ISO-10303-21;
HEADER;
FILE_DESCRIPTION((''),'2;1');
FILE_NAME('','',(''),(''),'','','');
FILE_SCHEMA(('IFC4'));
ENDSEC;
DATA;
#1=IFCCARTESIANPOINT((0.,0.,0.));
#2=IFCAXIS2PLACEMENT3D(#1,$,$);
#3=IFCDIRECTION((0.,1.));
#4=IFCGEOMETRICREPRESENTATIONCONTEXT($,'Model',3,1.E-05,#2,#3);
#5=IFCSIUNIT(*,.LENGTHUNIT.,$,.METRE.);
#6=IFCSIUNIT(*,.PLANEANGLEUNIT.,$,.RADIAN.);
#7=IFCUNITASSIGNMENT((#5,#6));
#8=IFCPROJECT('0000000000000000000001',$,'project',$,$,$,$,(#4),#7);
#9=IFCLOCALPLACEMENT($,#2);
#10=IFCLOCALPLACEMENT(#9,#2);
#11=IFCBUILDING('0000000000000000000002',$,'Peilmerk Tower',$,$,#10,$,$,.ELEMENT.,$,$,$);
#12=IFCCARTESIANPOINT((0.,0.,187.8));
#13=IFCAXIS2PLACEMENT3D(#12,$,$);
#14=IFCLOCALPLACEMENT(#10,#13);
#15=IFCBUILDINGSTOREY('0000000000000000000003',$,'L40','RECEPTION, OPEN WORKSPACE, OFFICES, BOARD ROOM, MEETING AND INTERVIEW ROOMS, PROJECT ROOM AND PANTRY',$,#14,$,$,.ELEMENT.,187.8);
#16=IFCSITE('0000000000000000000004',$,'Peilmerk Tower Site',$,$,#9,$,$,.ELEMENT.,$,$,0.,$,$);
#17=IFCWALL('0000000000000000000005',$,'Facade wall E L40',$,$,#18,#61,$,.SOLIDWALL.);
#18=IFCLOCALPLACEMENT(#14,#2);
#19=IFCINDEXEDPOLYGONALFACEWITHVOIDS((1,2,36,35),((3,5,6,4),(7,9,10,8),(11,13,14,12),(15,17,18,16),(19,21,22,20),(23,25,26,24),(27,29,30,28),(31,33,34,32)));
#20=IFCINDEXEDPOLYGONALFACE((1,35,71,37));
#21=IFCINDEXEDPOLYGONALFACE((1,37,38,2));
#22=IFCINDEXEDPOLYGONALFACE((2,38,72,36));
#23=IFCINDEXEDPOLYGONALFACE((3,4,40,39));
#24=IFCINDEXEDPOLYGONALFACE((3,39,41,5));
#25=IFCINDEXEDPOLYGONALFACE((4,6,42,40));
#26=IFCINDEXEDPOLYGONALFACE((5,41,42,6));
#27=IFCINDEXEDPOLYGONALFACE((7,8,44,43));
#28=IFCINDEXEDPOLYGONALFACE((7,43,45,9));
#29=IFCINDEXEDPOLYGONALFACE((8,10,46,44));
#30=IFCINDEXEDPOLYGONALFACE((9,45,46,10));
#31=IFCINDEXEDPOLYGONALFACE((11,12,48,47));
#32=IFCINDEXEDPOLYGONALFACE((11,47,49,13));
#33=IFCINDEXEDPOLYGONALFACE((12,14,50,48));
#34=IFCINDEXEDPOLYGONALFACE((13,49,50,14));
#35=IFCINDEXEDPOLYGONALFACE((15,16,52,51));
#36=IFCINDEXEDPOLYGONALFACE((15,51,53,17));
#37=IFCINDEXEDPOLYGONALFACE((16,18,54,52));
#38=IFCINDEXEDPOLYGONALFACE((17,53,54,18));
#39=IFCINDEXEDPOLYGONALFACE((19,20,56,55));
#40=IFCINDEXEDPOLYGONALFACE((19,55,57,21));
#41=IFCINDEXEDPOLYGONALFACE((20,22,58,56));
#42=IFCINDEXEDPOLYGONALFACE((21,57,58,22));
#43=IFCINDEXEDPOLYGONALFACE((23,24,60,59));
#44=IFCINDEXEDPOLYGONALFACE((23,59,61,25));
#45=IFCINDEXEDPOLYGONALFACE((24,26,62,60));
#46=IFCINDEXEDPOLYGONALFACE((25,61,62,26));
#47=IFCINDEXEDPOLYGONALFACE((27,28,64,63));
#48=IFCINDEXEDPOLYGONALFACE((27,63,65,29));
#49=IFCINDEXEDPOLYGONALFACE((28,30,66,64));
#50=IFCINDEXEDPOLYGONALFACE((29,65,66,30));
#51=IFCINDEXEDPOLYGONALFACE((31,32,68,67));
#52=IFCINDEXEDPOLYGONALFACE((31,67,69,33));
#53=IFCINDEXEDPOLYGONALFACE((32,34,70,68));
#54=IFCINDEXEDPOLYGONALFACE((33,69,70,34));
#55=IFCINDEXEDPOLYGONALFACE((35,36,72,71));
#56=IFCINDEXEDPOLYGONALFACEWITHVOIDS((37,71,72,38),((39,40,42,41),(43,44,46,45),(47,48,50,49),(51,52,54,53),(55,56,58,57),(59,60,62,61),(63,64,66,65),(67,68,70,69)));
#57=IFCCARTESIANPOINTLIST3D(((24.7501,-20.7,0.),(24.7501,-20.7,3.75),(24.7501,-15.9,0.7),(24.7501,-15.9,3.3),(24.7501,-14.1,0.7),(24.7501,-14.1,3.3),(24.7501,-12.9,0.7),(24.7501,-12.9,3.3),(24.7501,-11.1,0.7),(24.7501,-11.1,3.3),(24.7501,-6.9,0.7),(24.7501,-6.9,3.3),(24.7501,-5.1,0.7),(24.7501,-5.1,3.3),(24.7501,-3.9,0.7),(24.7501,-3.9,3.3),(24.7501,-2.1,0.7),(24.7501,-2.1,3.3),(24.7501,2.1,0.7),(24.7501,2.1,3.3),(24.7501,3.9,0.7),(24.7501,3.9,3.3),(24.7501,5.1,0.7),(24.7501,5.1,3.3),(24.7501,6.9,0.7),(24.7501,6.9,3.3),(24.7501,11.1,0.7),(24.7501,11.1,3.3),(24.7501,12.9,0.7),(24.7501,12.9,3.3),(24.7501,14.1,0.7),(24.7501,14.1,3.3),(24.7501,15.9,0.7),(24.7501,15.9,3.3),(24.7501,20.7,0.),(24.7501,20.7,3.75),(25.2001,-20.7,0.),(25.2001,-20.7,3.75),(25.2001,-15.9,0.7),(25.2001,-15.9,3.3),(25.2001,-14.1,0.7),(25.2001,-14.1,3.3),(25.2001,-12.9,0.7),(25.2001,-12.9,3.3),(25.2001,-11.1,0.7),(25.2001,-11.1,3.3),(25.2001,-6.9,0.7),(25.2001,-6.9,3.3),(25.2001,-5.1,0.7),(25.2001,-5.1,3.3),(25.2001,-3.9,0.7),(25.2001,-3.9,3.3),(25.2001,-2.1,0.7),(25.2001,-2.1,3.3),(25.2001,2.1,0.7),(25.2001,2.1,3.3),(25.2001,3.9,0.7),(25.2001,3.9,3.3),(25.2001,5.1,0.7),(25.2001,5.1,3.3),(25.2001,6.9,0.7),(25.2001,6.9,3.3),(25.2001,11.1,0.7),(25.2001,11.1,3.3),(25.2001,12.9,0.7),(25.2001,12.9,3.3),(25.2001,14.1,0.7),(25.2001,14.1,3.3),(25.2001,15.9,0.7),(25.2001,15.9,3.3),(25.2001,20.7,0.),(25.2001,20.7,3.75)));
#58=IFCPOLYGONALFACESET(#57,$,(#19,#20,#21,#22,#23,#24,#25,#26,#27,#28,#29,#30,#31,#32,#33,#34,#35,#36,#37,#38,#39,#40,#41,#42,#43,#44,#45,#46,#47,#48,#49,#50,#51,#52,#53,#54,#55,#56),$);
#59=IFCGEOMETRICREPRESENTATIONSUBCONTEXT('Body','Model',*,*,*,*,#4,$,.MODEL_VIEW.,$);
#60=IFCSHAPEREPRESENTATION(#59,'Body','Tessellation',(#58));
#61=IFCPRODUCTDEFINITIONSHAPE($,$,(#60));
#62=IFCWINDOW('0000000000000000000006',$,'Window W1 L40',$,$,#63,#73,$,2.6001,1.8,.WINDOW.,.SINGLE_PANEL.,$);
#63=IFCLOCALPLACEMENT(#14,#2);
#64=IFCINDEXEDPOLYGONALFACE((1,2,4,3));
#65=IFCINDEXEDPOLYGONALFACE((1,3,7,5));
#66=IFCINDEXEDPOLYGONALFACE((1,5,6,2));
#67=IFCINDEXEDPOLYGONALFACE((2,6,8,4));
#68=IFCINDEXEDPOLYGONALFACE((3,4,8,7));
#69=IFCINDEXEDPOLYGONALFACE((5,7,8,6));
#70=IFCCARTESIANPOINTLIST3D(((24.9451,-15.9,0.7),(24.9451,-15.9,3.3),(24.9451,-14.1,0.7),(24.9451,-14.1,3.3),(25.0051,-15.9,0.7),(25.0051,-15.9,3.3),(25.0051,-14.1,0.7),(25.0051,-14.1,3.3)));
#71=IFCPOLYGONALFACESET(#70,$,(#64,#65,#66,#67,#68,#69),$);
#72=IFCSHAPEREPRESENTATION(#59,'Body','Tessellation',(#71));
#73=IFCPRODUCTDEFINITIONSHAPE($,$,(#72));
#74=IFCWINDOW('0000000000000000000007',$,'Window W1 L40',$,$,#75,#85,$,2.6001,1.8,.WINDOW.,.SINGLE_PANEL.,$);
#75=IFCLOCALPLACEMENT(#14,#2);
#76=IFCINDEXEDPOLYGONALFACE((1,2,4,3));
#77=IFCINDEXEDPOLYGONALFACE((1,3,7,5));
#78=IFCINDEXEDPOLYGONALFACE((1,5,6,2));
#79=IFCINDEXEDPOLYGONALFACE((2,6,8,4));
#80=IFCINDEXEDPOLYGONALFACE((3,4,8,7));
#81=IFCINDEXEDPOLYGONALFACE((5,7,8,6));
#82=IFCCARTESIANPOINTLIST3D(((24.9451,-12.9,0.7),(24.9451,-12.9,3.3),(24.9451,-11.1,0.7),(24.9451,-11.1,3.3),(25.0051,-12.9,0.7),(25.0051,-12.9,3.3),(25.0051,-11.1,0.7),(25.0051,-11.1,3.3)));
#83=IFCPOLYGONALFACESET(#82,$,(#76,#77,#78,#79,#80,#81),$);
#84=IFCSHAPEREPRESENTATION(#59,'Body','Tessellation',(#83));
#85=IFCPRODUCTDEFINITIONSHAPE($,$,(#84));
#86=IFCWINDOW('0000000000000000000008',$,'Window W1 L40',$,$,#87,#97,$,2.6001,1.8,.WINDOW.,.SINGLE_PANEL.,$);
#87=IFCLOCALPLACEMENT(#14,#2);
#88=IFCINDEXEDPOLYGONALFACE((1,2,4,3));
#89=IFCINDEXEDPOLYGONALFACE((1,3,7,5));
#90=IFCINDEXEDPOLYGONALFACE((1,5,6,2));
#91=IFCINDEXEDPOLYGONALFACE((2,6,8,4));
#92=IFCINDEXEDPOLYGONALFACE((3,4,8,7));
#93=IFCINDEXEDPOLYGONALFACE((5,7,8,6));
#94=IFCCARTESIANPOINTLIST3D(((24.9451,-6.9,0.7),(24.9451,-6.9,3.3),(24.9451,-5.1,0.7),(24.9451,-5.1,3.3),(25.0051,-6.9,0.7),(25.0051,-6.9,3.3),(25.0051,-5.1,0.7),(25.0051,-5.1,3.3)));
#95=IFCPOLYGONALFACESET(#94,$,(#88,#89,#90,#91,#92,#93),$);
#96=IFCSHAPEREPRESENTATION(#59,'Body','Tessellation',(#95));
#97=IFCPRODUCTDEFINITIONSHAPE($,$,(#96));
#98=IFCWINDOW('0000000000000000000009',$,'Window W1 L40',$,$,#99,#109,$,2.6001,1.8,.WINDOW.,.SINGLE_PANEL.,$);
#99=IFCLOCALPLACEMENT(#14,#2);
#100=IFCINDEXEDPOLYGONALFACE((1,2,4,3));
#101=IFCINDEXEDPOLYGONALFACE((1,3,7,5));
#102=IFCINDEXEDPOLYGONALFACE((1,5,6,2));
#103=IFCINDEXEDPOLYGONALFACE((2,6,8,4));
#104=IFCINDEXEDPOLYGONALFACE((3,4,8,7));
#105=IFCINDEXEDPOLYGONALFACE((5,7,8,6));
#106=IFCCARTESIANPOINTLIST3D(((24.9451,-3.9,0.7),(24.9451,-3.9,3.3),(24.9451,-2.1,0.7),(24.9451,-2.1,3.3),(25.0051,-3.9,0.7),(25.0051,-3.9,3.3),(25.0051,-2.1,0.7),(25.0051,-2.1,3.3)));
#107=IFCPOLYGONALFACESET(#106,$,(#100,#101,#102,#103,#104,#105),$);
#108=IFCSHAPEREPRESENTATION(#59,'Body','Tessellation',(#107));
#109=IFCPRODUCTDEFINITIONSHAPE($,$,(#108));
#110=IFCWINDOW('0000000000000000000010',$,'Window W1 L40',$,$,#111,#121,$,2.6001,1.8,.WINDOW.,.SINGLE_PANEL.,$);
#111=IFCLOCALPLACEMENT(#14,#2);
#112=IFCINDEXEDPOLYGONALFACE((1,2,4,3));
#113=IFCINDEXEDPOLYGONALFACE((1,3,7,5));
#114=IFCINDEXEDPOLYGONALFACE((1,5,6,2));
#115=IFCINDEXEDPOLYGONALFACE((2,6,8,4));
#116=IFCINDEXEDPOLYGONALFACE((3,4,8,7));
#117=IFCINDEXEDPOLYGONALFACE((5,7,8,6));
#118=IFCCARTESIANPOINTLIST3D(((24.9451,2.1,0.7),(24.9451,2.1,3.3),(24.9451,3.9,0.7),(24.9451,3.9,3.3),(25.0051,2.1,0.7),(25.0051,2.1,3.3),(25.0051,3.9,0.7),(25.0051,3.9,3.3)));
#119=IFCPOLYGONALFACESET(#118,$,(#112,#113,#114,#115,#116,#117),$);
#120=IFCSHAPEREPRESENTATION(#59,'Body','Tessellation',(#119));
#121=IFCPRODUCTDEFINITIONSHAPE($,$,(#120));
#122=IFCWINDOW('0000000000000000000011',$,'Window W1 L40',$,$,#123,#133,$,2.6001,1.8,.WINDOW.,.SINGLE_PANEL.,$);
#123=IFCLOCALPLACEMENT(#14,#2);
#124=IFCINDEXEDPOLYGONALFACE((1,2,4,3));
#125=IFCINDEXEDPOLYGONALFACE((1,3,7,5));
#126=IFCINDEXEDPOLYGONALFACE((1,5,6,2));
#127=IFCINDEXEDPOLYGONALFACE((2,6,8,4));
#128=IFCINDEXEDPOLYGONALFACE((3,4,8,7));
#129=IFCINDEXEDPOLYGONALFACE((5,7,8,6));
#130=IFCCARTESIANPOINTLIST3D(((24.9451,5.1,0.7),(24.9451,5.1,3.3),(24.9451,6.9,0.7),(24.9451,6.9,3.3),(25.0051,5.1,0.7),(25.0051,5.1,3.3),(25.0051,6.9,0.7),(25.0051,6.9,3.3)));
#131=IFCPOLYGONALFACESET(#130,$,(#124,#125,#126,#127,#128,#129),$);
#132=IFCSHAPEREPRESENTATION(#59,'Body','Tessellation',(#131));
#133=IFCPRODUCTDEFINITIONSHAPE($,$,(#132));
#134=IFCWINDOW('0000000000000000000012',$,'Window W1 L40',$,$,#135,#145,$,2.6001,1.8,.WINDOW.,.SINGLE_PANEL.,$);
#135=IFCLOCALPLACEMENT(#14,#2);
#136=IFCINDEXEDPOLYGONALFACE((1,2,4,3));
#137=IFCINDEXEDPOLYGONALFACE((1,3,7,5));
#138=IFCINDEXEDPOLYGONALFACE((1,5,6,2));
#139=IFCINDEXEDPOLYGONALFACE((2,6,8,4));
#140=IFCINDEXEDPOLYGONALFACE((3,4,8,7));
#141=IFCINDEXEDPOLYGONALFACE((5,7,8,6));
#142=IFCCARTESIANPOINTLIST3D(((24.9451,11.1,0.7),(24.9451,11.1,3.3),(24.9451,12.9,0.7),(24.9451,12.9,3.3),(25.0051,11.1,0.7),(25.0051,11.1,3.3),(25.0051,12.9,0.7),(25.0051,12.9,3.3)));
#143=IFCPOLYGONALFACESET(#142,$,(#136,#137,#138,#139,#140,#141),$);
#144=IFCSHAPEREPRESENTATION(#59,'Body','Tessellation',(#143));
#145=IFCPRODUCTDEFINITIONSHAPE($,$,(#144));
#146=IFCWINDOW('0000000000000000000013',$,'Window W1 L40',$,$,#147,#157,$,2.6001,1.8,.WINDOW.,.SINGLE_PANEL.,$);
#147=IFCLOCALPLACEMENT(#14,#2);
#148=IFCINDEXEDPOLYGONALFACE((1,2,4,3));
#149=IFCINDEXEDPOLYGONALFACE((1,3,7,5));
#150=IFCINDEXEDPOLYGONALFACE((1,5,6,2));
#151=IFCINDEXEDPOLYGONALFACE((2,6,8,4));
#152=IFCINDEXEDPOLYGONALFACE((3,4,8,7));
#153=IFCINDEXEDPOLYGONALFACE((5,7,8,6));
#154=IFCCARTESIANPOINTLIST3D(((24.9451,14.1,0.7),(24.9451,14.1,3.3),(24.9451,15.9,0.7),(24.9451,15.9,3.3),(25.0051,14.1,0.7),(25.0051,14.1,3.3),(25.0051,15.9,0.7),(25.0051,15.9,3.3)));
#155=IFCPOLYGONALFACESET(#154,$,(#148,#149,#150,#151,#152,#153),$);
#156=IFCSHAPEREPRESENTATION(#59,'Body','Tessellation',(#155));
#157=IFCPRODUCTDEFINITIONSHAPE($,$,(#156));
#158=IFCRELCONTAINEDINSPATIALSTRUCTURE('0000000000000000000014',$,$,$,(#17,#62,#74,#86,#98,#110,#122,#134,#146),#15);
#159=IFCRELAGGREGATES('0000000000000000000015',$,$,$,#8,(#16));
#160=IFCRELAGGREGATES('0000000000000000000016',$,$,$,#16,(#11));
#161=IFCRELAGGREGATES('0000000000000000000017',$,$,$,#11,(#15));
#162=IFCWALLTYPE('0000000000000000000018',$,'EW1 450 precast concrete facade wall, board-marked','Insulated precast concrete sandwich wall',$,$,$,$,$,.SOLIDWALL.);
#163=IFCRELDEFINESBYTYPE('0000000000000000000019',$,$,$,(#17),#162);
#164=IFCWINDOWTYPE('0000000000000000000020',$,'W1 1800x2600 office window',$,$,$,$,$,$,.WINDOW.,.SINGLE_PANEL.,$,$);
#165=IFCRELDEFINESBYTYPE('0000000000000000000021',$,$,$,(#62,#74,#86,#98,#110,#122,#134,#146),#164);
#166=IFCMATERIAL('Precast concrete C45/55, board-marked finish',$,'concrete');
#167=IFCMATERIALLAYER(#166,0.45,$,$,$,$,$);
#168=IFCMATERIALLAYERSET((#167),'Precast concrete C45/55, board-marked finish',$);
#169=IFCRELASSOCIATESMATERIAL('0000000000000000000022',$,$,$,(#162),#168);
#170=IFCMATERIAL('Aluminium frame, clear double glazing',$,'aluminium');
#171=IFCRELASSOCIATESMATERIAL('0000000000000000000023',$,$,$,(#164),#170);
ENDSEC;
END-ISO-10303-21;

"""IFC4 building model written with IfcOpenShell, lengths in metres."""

from ifc_helpers import new_model, si_unit, direction, frame, frame_2d, origin, place, context, subcontext, project, spatial, rectangle, extrude, material, layer, layer_set, type_object, element, fill, save


model = new_model("IFC4")

# Units and contexts
model_context = context("Model", 3, precision=1e-05, world=origin(), true_north=direction((0.0, 1.0)))
body_context = subcontext(model_context, "Body", "Model", "MODEL_VIEW")
ifc_project = project(units=[si_unit("LENGTHUNIT", "METRE"), si_unit("PLANEANGLEUNIT", "RADIAN")], contexts=[model_context])

# Site, building, storey
site_placement = place(None, origin())
site = spatial("IfcSite", under=ifc_project, at=site_placement, Name="Peilmerk Tower Site", CompositionType="ELEMENT", RefElevation=0.0)
building_placement = place(site_placement, origin())
building = spatial("IfcBuilding", under=site, at=building_placement, Name="Peilmerk Tower", CompositionType="ELEMENT")
storey_placement = place(building_placement, frame((0.0, 0.0, 187.8)))
storey = spatial("IfcBuildingStorey", under=building, at=storey_placement, Name="L40", Description="RECEPTION, OPEN WORKSPACE, OFFICES, BOARD ROOM, MEETING AND INTERVIEW ROOMS, PROJECT ROOM AND PANTRY", CompositionType="ELEMENT", Elevation=187.8)

# Wall, openings, windows
ifc_material_1 = material(Name="Precast concrete C45/55, board-marked finish", Category="concrete")
ifc_layer_1 = layer(ifc_material_1, 0.45)
ifc_layer_set_1 = layer_set([ifc_layer_1], Name="Precast concrete C45/55, board-marked finish")
wall_type = type_object("IfcWallType", Name="EW1 450 precast concrete facade wall, board-marked", Description="Insulated precast concrete sandwich wall", PredefinedType="SOLIDWALL", material=ifc_layer_set_1)
wall_1_placement = place(storey_placement, frame((24.9751, -20.7, 0.0), z_axis=(0.0, 0.0, 1.0), x_axis=(0.0, 1.0, 0.0)))
wall_1 = element("IfcWall", 1, at=wall_1_placement, inside=storey, type_object=wall_type, Name="Facade wall E L40", PredefinedType="SOLIDWALL", context=body_context, shape_type="SweptSolid", body=[
    extrude(rectangle(XDim=41.3999, YDim=0.45, at=frame_2d((20.7, 0.0))), origin(), (0.0, 0.0, 1.0), 3.75),
])
opening_1_placement = place(wall_1_placement, frame((4.8, 0.0, 0.7)))
opening_1 = element("IfcOpeningElement", 2, at=opening_1_placement, cuts=wall_1, PredefinedType="OPENING", context=body_context, shape_type="SweptSolid", body=[
    extrude(rectangle(XDim=1.8, YDim=2.6001, at=frame_2d((0.8999, 1.3))), frame((0.0, 0.2349, 0.0), z_axis=(0.0, -1.0, 0.0), x_axis=(1.0, 0.0, 0.0)), (0.0, 0.0, 1.0), 0.47),
])
opening_2_placement = place(wall_1_placement, frame((7.8, 0.0, 0.7)))
opening_2 = element("IfcOpeningElement", 3, at=opening_2_placement, cuts=wall_1, PredefinedType="OPENING", context=body_context, shape_type="SweptSolid", body=[
    extrude(rectangle(XDim=1.8, YDim=2.6001, at=frame_2d((0.8999, 1.3))), frame((0.0, 0.2349, 0.0), z_axis=(0.0, -1.0, 0.0), x_axis=(1.0, 0.0, 0.0)), (0.0, 0.0, 1.0), 0.47),
])
opening_3_placement = place(wall_1_placement, frame((13.8, 0.0, 0.7)))
opening_3 = element("IfcOpeningElement", 4, at=opening_3_placement, cuts=wall_1, PredefinedType="OPENING", context=body_context, shape_type="SweptSolid", body=[
    extrude(rectangle(XDim=1.8, YDim=2.6001, at=frame_2d((0.8999, 1.3))), frame((0.0, 0.2349, 0.0), z_axis=(0.0, -1.0, 0.0), x_axis=(1.0, 0.0, 0.0)), (0.0, 0.0, 1.0), 0.47),
])
opening_4_placement = place(wall_1_placement, frame((16.8, 0.0, 0.7)))
opening_4 = element("IfcOpeningElement", 5, at=opening_4_placement, cuts=wall_1, PredefinedType="OPENING", context=body_context, shape_type="SweptSolid", body=[
    extrude(rectangle(XDim=1.8, YDim=2.6001, at=frame_2d((0.8999, 1.3))), frame((0.0, 0.2349, 0.0), z_axis=(0.0, -1.0, 0.0), x_axis=(1.0, 0.0, 0.0)), (0.0, 0.0, 1.0), 0.47),
])
opening_5_placement = place(wall_1_placement, frame((22.8, 0.0, 0.7)))
opening_5 = element("IfcOpeningElement", 6, at=opening_5_placement, cuts=wall_1, PredefinedType="OPENING", context=body_context, shape_type="SweptSolid", body=[
    extrude(rectangle(XDim=1.8, YDim=2.6001, at=frame_2d((0.8999, 1.3))), frame((0.0, 0.2349, 0.0), z_axis=(0.0, -1.0, 0.0), x_axis=(1.0, 0.0, 0.0)), (0.0, 0.0, 1.0), 0.47),
])
opening_6_placement = place(wall_1_placement, frame((25.8, 0.0, 0.7)))
opening_6 = element("IfcOpeningElement", 7, at=opening_6_placement, cuts=wall_1, PredefinedType="OPENING", context=body_context, shape_type="SweptSolid", body=[
    extrude(rectangle(XDim=1.8, YDim=2.6001, at=frame_2d((0.8999, 1.3))), frame((0.0, 0.2349, 0.0), z_axis=(0.0, -1.0, 0.0), x_axis=(1.0, 0.0, 0.0)), (0.0, 0.0, 1.0), 0.47),
])
opening_7_placement = place(wall_1_placement, frame((31.8, 0.0, 0.7)))
opening_7 = element("IfcOpeningElement", 8, at=opening_7_placement, cuts=wall_1, PredefinedType="OPENING", context=body_context, shape_type="SweptSolid", body=[
    extrude(rectangle(XDim=1.8, YDim=2.6001, at=frame_2d((0.8999, 1.3))), frame((0.0, 0.2349, 0.0), z_axis=(0.0, -1.0, 0.0), x_axis=(1.0, 0.0, 0.0)), (0.0, 0.0, 1.0), 0.47),
])
opening_8_placement = place(wall_1_placement, frame((34.8, 0.0, 0.7)))
opening_8 = element("IfcOpeningElement", 9, at=opening_8_placement, cuts=wall_1, PredefinedType="OPENING", context=body_context, shape_type="SweptSolid", body=[
    extrude(rectangle(XDim=1.8, YDim=2.6001, at=frame_2d((0.8999, 1.3))), frame((0.0, 0.2349, 0.0), z_axis=(0.0, -1.0, 0.0), x_axis=(1.0, 0.0, 0.0)), (0.0, 0.0, 1.0), 0.47),
])
ifc_material_2 = material(Name="Aluminium frame, clear double glazing", Category="aluminium")
window_type = type_object("IfcWindowType", Name="W1 1800x2600 office window", PartitioningType="SINGLE_PANEL", PredefinedType="WINDOW", material=ifc_material_2)
window_1_placement = place(opening_1_placement, origin())
window_1 = element("IfcWindow", 10, at=window_1_placement, inside=storey, type_object=window_type, Name="Window W1 L40", OverallHeight=2.6001, OverallWidth=1.8, PartitioningType="SINGLE_PANEL", PredefinedType="WINDOW", context=body_context, shape_type="SweptSolid", body=[
    extrude(rectangle(XDim=1.8, YDim=2.6001, at=frame_2d((0.8999, 1.3))), frame((0.0, 0.03, 0.0), z_axis=(0.0, -1.0, 0.0), x_axis=(1.0, 0.0, 0.0)), (0.0, 0.0, 1.0), 0.0601),
])
fill(opening_1, window_1)
window_2_placement = place(opening_2_placement, origin())
window_2 = element("IfcWindow", 11, at=window_2_placement, inside=storey, type_object=window_type, Name="Window W1 L40", OverallHeight=2.6001, OverallWidth=1.8, PartitioningType="SINGLE_PANEL", PredefinedType="WINDOW", context=body_context, shape_type="SweptSolid", body=[
    extrude(rectangle(XDim=1.8, YDim=2.6001, at=frame_2d((0.8999, 1.3))), frame((0.0, 0.03, 0.0), z_axis=(0.0, -1.0, 0.0), x_axis=(1.0, 0.0, 0.0)), (0.0, 0.0, 1.0), 0.0601),
])
fill(opening_2, window_2)
window_3_placement = place(opening_3_placement, origin())
window_3 = element("IfcWindow", 12, at=window_3_placement, inside=storey, type_object=window_type, Name="Window W1 L40", OverallHeight=2.6001, OverallWidth=1.8, PartitioningType="SINGLE_PANEL", PredefinedType="WINDOW", context=body_context, shape_type="SweptSolid", body=[
    extrude(rectangle(XDim=1.8, YDim=2.6001, at=frame_2d((0.8999, 1.3))), frame((0.0, 0.03, 0.0), z_axis=(0.0, -1.0, 0.0), x_axis=(1.0, 0.0, 0.0)), (0.0, 0.0, 1.0), 0.0601),
])
fill(opening_3, window_3)
window_4_placement = place(opening_4_placement, origin())
window_4 = element("IfcWindow", 13, at=window_4_placement, inside=storey, type_object=window_type, Name="Window W1 L40", OverallHeight=2.6001, OverallWidth=1.8, PartitioningType="SINGLE_PANEL", PredefinedType="WINDOW", context=body_context, shape_type="SweptSolid", body=[
    extrude(rectangle(XDim=1.8, YDim=2.6001, at=frame_2d((0.8999, 1.3))), frame((0.0, 0.03, 0.0), z_axis=(0.0, -1.0, 0.0), x_axis=(1.0, 0.0, 0.0)), (0.0, 0.0, 1.0), 0.0601),
])
fill(opening_4, window_4)
window_5_placement = place(opening_5_placement, origin())
window_5 = element("IfcWindow", 14, at=window_5_placement, inside=storey, type_object=window_type, Name="Window W1 L40", OverallHeight=2.6001, OverallWidth=1.8, PartitioningType="SINGLE_PANEL", PredefinedType="WINDOW", context=body_context, shape_type="SweptSolid", body=[
    extrude(rectangle(XDim=1.8, YDim=2.6001, at=frame_2d((0.8999, 1.3))), frame((0.0, 0.03, 0.0), z_axis=(0.0, -1.0, 0.0), x_axis=(1.0, 0.0, 0.0)), (0.0, 0.0, 1.0), 0.0601),
])
fill(opening_5, window_5)
window_6_placement = place(opening_6_placement, origin())
window_6 = element("IfcWindow", 15, at=window_6_placement, inside=storey, type_object=window_type, Name="Window W1 L40", OverallHeight=2.6001, OverallWidth=1.8, PartitioningType="SINGLE_PANEL", PredefinedType="WINDOW", context=body_context, shape_type="SweptSolid", body=[
    extrude(rectangle(XDim=1.8, YDim=2.6001, at=frame_2d((0.8999, 1.3))), frame((0.0, 0.03, 0.0), z_axis=(0.0, -1.0, 0.0), x_axis=(1.0, 0.0, 0.0)), (0.0, 0.0, 1.0), 0.0601),
])
fill(opening_6, window_6)
window_7_placement = place(opening_7_placement, origin())
window_7 = element("IfcWindow", 16, at=window_7_placement, inside=storey, type_object=window_type, Name="Window W1 L40", OverallHeight=2.6001, OverallWidth=1.8, PartitioningType="SINGLE_PANEL", PredefinedType="WINDOW", context=body_context, shape_type="SweptSolid", body=[
    extrude(rectangle(XDim=1.8, YDim=2.6001, at=frame_2d((0.8999, 1.3))), frame((0.0, 0.03, 0.0), z_axis=(0.0, -1.0, 0.0), x_axis=(1.0, 0.0, 0.0)), (0.0, 0.0, 1.0), 0.0601),
])
fill(opening_7, window_7)
window_8_placement = place(opening_8_placement, origin())
window_8 = element("IfcWindow", 17, at=window_8_placement, inside=storey, type_object=window_type, Name="Window W1 L40", OverallHeight=2.6001, OverallWidth=1.8, PartitioningType="SINGLE_PANEL", PredefinedType="WINDOW", context=body_context, shape_type="SweptSolid", body=[
    extrude(rectangle(XDim=1.8, YDim=2.6001, at=frame_2d((0.8999, 1.3))), frame((0.0, 0.03, 0.0), z_axis=(0.0, -1.0, 0.0), x_axis=(1.0, 0.0, 0.0)), (0.0, 0.0, 1.0), 0.0601),
])
fill(opening_8, window_8)

save(model, "model.ifc")
